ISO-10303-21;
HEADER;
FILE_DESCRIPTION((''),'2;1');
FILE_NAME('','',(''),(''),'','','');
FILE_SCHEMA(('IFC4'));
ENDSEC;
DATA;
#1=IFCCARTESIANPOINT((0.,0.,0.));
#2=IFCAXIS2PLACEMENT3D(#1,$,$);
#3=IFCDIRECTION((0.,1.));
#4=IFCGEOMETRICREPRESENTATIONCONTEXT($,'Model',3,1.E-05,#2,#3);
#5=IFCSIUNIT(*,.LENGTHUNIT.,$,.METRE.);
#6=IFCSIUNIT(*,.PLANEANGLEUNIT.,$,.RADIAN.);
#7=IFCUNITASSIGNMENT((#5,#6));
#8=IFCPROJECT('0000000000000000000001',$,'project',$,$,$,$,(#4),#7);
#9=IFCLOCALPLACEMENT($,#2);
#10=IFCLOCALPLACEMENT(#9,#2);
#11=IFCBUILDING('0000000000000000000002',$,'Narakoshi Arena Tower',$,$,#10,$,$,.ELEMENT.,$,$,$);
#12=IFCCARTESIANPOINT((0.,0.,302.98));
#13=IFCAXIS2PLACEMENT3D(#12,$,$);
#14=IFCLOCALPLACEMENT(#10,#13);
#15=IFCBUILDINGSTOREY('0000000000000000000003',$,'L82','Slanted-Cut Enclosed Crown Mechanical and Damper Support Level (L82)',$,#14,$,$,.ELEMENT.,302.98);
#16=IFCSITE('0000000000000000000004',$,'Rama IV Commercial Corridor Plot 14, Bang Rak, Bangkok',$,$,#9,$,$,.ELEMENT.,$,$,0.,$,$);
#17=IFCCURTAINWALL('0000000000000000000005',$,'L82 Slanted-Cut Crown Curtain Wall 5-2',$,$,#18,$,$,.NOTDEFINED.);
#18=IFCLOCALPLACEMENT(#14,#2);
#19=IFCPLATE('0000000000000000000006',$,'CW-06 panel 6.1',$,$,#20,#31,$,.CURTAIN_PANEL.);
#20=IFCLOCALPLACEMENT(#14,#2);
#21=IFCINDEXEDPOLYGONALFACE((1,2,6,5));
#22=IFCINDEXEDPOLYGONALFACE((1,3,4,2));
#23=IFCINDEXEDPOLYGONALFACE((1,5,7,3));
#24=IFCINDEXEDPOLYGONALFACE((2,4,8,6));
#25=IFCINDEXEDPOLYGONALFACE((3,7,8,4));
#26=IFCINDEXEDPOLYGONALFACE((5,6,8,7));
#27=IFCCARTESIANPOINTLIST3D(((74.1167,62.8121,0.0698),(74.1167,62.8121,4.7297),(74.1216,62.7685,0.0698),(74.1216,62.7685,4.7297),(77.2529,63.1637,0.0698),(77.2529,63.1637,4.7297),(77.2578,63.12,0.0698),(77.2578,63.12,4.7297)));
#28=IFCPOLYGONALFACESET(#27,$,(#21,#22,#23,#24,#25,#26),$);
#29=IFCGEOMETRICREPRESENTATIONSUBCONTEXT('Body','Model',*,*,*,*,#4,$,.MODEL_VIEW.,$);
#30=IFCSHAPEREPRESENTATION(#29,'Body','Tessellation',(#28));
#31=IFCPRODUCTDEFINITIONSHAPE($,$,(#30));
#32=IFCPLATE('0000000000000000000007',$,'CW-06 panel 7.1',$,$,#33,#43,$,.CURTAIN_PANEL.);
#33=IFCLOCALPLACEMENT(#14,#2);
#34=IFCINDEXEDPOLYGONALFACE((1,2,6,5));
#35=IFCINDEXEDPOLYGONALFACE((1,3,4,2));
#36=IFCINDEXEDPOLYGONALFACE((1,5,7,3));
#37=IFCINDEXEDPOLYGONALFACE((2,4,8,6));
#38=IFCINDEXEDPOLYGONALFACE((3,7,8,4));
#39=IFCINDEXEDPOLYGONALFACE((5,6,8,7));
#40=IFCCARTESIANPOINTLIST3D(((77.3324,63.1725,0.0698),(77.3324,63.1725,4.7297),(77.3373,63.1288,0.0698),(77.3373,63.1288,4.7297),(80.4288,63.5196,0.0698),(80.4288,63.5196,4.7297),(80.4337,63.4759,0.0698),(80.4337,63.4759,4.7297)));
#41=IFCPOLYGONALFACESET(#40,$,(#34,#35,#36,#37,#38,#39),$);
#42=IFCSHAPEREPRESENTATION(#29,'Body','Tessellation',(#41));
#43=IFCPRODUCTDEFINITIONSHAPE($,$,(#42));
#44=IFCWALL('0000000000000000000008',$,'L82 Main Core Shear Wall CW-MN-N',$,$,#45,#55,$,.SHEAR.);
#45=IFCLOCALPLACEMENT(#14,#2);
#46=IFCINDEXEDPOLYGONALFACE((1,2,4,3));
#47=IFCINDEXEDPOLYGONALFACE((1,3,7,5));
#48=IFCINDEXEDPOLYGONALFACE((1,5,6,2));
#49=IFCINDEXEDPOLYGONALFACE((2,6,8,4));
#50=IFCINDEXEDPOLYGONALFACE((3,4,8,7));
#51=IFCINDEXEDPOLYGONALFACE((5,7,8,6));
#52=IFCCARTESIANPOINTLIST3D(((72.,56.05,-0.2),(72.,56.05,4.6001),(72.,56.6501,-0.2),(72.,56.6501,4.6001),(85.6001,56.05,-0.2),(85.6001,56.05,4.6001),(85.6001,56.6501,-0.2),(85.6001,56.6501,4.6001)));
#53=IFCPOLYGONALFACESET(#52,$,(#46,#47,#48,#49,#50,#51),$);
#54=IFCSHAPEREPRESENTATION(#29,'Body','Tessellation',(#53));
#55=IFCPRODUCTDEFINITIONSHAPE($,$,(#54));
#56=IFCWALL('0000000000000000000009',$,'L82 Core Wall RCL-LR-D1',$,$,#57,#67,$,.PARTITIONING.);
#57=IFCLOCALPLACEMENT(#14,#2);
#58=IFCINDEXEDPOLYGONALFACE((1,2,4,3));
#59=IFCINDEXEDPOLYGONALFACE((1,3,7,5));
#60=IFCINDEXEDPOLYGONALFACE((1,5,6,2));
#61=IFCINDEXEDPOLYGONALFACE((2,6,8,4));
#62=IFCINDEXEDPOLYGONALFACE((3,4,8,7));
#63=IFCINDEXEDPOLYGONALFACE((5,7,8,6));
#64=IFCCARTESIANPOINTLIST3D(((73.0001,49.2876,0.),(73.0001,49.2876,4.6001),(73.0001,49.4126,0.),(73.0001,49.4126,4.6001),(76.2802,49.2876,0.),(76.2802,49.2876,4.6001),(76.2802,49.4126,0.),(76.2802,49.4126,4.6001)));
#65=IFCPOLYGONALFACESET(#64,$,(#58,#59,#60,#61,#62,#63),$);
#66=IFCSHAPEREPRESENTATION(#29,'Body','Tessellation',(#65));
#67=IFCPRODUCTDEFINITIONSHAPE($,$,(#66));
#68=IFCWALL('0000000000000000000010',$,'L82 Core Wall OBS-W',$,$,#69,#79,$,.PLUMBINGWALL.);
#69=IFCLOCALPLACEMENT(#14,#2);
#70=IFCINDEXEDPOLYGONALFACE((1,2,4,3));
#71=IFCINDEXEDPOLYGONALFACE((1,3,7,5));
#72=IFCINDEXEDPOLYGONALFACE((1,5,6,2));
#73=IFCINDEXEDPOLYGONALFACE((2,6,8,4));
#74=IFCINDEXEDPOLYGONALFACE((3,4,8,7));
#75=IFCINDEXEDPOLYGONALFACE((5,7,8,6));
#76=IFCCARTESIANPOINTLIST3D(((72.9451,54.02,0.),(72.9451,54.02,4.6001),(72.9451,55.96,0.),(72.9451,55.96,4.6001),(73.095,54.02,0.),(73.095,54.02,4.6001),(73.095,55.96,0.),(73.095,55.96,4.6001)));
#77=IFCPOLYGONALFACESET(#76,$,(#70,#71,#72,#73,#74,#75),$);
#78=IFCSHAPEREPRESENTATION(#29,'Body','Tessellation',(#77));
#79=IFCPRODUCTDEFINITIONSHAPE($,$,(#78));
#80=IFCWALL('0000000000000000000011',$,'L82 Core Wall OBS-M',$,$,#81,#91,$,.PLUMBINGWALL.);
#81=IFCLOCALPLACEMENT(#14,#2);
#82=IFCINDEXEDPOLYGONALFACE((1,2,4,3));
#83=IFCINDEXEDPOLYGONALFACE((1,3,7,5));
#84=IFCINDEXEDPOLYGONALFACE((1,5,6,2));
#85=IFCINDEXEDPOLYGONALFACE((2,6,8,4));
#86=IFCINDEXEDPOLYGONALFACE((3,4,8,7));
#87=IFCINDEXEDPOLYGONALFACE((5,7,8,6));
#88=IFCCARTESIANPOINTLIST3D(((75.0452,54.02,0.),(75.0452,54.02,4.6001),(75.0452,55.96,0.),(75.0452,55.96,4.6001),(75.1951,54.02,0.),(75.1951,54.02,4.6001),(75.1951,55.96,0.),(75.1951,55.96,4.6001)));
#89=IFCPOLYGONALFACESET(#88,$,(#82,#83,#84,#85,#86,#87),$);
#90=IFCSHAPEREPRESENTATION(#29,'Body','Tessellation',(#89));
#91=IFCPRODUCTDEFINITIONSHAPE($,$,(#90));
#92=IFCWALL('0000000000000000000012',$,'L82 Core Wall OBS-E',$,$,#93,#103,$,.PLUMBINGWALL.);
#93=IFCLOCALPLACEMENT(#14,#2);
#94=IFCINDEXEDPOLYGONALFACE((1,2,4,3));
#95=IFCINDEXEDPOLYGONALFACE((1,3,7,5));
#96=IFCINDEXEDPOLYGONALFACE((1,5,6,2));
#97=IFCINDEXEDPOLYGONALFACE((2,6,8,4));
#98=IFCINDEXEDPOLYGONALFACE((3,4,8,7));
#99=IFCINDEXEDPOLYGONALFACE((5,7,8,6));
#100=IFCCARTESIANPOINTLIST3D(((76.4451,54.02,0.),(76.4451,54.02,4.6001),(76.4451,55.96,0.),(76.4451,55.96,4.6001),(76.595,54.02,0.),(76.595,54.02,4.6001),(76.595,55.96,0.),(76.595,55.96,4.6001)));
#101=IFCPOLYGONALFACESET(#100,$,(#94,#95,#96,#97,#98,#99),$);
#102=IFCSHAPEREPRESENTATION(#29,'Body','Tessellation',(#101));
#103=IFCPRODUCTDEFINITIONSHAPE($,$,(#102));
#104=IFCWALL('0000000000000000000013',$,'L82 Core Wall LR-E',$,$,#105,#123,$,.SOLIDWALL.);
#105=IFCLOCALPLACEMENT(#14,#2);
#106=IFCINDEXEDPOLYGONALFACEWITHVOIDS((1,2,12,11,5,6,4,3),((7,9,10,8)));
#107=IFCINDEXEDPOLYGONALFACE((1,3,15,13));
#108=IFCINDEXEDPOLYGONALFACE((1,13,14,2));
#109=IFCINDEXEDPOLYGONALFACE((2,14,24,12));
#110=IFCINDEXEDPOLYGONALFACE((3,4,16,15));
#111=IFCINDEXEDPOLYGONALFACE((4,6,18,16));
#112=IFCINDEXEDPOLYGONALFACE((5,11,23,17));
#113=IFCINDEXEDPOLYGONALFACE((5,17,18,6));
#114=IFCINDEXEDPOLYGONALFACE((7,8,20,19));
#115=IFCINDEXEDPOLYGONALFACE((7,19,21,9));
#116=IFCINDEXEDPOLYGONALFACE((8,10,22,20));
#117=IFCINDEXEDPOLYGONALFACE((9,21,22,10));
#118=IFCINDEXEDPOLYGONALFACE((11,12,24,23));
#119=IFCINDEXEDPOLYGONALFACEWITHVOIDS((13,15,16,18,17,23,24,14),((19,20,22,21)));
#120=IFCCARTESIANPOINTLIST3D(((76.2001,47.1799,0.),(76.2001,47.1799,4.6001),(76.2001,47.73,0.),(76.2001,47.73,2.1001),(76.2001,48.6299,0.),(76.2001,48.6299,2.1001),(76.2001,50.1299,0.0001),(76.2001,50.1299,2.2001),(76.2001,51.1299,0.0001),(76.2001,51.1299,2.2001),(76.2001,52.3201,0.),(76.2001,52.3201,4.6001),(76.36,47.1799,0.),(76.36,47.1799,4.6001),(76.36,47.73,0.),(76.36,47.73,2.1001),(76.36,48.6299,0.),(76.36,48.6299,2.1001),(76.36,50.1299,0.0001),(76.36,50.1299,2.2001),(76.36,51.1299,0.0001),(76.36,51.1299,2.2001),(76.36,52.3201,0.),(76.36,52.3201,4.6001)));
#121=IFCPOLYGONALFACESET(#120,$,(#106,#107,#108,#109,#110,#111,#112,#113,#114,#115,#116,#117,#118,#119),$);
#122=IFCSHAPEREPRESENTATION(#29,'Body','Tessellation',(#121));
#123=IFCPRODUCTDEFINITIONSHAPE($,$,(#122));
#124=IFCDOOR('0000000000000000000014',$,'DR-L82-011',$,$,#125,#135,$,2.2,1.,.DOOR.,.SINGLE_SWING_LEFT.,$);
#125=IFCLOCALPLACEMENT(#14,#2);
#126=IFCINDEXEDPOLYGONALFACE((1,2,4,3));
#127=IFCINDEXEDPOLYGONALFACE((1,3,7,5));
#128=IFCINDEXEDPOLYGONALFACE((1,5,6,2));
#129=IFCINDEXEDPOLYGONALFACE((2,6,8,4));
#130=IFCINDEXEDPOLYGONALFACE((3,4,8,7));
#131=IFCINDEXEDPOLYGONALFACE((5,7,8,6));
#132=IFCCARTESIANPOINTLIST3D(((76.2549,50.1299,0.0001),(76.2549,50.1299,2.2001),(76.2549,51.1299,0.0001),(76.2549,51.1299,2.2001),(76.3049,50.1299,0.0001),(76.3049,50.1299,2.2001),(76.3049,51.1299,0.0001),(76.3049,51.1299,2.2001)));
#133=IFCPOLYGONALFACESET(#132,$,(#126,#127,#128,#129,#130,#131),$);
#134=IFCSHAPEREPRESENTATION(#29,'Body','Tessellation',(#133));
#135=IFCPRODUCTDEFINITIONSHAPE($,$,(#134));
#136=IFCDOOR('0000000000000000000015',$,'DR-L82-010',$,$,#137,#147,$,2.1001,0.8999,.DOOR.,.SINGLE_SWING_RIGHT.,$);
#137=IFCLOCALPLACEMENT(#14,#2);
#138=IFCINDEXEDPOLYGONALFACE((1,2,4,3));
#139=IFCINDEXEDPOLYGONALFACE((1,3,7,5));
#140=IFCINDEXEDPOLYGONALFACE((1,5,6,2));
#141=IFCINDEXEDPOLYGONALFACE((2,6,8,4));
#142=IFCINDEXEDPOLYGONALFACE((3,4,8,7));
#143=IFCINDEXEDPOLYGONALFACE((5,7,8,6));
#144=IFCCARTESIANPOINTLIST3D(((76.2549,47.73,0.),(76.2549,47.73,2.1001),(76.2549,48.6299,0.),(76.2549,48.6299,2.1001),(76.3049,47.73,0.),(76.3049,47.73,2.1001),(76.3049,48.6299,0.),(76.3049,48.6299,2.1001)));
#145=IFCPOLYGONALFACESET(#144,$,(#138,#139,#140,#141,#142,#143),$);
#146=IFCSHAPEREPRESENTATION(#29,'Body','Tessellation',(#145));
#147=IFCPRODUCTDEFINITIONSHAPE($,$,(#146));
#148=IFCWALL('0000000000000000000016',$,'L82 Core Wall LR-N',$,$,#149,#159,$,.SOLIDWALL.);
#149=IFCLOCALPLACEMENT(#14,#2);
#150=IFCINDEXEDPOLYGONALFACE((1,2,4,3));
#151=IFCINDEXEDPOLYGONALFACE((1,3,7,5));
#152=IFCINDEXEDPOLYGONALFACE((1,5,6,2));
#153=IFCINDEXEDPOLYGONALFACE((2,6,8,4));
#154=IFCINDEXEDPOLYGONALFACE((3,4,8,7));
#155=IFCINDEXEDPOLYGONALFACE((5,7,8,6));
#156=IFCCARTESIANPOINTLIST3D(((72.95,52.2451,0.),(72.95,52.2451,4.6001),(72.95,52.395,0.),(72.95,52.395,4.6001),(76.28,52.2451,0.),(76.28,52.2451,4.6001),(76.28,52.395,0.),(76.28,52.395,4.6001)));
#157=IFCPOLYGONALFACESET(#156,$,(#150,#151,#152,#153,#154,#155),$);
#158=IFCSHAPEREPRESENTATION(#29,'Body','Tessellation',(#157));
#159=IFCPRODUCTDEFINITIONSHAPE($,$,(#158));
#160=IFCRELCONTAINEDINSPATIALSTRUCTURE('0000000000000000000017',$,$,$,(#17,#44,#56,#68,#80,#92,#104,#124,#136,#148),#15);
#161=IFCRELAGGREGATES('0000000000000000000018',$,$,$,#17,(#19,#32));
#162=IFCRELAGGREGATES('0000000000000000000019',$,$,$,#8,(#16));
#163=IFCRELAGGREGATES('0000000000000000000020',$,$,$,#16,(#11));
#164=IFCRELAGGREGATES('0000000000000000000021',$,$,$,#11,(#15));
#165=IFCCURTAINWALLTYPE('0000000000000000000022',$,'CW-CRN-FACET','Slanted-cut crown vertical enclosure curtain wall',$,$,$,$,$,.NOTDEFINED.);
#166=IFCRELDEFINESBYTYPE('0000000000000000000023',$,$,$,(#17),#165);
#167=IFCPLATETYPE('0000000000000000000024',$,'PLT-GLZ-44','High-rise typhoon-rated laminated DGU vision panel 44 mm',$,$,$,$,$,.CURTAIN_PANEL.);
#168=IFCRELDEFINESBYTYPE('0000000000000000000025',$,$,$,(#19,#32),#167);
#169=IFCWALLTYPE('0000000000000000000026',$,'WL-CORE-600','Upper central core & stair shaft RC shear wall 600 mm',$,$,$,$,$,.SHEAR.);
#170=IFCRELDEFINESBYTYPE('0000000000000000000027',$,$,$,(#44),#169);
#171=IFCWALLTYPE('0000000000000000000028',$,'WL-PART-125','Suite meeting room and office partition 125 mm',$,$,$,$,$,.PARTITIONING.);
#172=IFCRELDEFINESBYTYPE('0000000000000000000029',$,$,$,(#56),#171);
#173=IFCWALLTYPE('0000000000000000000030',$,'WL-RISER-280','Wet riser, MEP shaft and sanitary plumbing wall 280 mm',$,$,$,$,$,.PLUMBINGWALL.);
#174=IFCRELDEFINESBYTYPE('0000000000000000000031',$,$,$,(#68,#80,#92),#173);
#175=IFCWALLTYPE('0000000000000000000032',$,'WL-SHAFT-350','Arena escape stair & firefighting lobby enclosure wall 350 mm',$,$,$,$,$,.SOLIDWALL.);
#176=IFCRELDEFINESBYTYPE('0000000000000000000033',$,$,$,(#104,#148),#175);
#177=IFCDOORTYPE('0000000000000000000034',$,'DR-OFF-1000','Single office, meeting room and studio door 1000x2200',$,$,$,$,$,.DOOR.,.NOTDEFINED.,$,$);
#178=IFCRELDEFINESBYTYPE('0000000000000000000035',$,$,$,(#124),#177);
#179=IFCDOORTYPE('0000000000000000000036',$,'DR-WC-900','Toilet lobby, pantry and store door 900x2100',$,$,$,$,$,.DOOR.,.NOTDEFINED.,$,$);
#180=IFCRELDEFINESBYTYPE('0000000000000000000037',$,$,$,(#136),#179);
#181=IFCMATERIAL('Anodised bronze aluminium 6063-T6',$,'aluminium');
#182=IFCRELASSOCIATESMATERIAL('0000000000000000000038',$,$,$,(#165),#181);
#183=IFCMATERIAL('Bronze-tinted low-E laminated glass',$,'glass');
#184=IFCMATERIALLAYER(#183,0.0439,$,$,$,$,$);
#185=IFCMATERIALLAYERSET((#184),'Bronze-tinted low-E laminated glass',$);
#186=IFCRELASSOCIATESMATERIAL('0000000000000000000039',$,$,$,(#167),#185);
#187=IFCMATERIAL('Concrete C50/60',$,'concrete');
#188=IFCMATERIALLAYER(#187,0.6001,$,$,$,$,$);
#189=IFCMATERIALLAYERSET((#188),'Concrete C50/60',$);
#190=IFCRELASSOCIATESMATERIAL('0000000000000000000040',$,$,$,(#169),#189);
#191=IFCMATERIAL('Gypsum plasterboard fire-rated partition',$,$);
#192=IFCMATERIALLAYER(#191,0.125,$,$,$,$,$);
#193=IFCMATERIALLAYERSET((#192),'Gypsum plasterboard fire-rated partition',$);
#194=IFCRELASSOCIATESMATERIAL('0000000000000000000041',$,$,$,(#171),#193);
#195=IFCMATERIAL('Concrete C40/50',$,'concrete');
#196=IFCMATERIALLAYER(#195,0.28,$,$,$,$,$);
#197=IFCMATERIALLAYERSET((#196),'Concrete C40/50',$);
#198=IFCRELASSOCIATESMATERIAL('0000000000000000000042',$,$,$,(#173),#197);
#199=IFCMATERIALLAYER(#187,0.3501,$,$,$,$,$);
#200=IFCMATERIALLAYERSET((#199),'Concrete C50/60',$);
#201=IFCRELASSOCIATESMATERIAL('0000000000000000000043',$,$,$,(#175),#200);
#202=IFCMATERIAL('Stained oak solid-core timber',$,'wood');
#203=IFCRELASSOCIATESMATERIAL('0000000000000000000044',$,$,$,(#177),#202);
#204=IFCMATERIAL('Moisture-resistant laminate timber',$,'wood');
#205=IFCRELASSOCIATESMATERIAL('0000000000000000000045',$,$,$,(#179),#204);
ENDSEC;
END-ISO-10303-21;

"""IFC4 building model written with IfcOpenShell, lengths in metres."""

from ifc_helpers import new_model, si_unit, direction, frame, frame_2d, origin, origin_2d, place, context, subcontext, project, spatial, rectangle, extrude, material, layer, layer_set, type_object, element, fill, aggregate, save


model = new_model("IFC4")

# Units and contexts
model_context = context("Model", 3, precision=1e-05, world=origin(), true_north=direction((0.0, 1.0)))
body_context = subcontext(model_context, "Body", "Model", "MODEL_VIEW")
ifc_project = project(units=[si_unit("LENGTHUNIT", "METRE"), si_unit("PLANEANGLEUNIT", "RADIAN")], contexts=[model_context])

# Site, building, storey
site_placement = place(None, origin())
site = spatial("IfcSite", under=ifc_project, at=site_placement, Name="Rama IV Commercial Corridor Plot 14, Bang Rak, Bangkok", CompositionType="ELEMENT", RefElevation=0.0)
building_placement = place(site_placement, origin())
building = spatial("IfcBuilding", under=site, at=building_placement, Name="Narakoshi Arena Tower", CompositionType="ELEMENT")
storey_placement = place(building_placement, frame((0.0, 0.0, 302.98)))
storey = spatial("IfcBuildingStorey", under=building, at=storey_placement, Name="L82", Description="Slanted-Cut Enclosed Crown Mechanical and Damper Support Level (L82)", CompositionType="ELEMENT", Elevation=302.98)

# Curtain wall, plates
ifc_material_1 = material(Name="Anodised bronze aluminium 6063-T6", Category="aluminium")
curtain_wall_type = type_object("IfcCurtainWallType", Name="CW-CRN-FACET", Description="Slanted-cut crown vertical enclosure curtain wall", PredefinedType="NOTDEFINED", material=ifc_material_1)
curtain_wall_placement = place(storey_placement, origin())
curtain_wall = element("IfcCurtainWall", 1, at=curtain_wall_placement, inside=storey, type_object=curtain_wall_type, Name="L82 Slanted-Cut Crown Curtain Wall 5-2", PredefinedType="NOTDEFINED")
ifc_material_2 = material(Name="Bronze-tinted low-E laminated glass", Category="glass")
ifc_layer_1 = layer(ifc_material_2, 0.0439)
ifc_layer_set_1 = layer_set([ifc_layer_1], Name="Bronze-tinted low-E laminated glass")
plate_type = type_object("IfcPlateType", Name="PLT-GLZ-44", Description="High-rise typhoon-rated laminated DGU vision panel 44 mm", PredefinedType="CURTAIN_PANEL", material=ifc_layer_set_1)
plate_1_placement = place(storey_placement, frame((75.6873, 62.9661, 0.0698), z_axis=(0.0, 0.0, 1.0), x_axis=(0.993776, 0.111395, 0.0)))
plate_1 = element("IfcPlate", 2, at=plate_1_placement, type_object=plate_type, Name="CW-06 panel 6.1", PredefinedType="CURTAIN_PANEL", context=body_context, shape_type="SweptSolid", body=[
    extrude(rectangle(XDim=3.1558, YDim=0.0439, at=origin_2d()), origin(), (0.0, 0.0, 1.0), 4.6599),
])
plate_2_placement = place(storey_placement, frame((78.8831, 63.3242, 0.0698), z_axis=(0.0, 0.0, 1.0), x_axis=(0.993776, 0.111395, 0.0)))
plate_2 = element("IfcPlate", 3, at=plate_2_placement, type_object=plate_type, Name="CW-06 panel 7.1", PredefinedType="CURTAIN_PANEL", context=body_context, shape_type="SweptSolid", body=[
    extrude(rectangle(XDim=3.1157, YDim=0.0439, at=origin_2d()), origin(), (0.0, 0.0, 1.0), 4.6599),
])
aggregate(curtain_wall, [plate_1, plate_2])

# Walls
ifc_material_3 = material(Name="Concrete C50/60", Category="concrete")
ifc_layer_2 = layer(ifc_material_3, 0.6001)
ifc_layer_set_2 = layer_set([ifc_layer_2], Name="Concrete C50/60")
wall_type_1 = type_object("IfcWallType", Name="WL-CORE-600", Description="Upper central core & stair shaft RC shear wall 600 mm", PredefinedType="SHEAR", material=ifc_layer_set_2)
wall_1_placement = place(storey_placement, frame((72.0, 56.3501, -0.2), z_axis=(0.0, 0.0, 1.0), x_axis=(1.0, 0.0, 0.0)))
element("IfcWall", 4, at=wall_1_placement, inside=storey, type_object=wall_type_1, Name="L82 Main Core Shear Wall CW-MN-N", PredefinedType="SHEAR", context=body_context, shape_type="SweptSolid", body=[
    extrude(rectangle(XDim=13.6001, YDim=0.6001, at=frame_2d((6.8, 0.0))), origin(), (0.0, 0.0, 1.0), 4.8),
])
ifc_material_4 = material(Name="Gypsum plasterboard fire-rated partition")
ifc_layer_3 = layer(ifc_material_4, 0.125)
ifc_layer_set_3 = layer_set([ifc_layer_3], Name="Gypsum plasterboard fire-rated partition")
wall_type_2 = type_object("IfcWallType", Name="WL-PART-125", Description="Suite meeting room and office partition 125 mm", PredefinedType="PARTITIONING", material=ifc_layer_set_3)
wall_2_placement = place(storey_placement, frame((73.0, 49.3501, 0.0), z_axis=(0.0, 0.0, 1.0), x_axis=(1.0, 0.0, 0.0)))
element("IfcWall", 5, at=wall_2_placement, inside=storey, type_object=wall_type_2, Name="L82 Core Wall RCL-LR-D1", PredefinedType="PARTITIONING", context=body_context, shape_type="SweptSolid", body=[
    extrude(rectangle(XDim=3.28, YDim=0.125, at=frame_2d((1.6401, 0.0))), origin(), (0.0, 0.0, 1.0), 4.6001),
])
ifc_material_5 = material(Name="Concrete C40/50", Category="concrete")
ifc_layer_4 = layer(ifc_material_5, 0.28)
ifc_layer_set_4 = layer_set([ifc_layer_4], Name="Concrete C40/50")
wall_type_3 = type_object("IfcWallType", Name="WL-RISER-280", Description="Wet riser, MEP shaft and sanitary plumbing wall 280 mm", PredefinedType="PLUMBINGWALL", material=ifc_layer_set_4)
for number, where, z_axis, x_axis, name in (
    (6, (73.02, 54.02, 0.0), (0.0, 0.0, 1.0), (0.0, 1.0, 0.0), "L82 Core Wall OBS-W"),
    (7, (75.1201, 54.02, 0.0), (0.0, 0.0, 1.0), (0.0, 1.0, 0.0), "L82 Core Wall OBS-M"),
    (8, (76.52, 54.02, 0.0), (0.0, 0.0, 1.0), (0.0, 1.0, 0.0), "L82 Core Wall OBS-E"),
):
    element("IfcWall", number, at=place(storey_placement, frame(where, z_axis=z_axis, x_axis=x_axis)), inside=storey, type_object=wall_type_3, Name=name, PredefinedType="PLUMBINGWALL", context=body_context, shape_type="SweptSolid", body=[
        extrude(rectangle(XDim=1.9399, YDim=0.1499, at=frame_2d((0.97, 0.0))), origin(), (0.0, 0.0, 1.0), 4.6001),
    ])

# Wall, openings, doors
ifc_layer_5 = layer(ifc_material_3, 0.3501)
ifc_layer_set_5 = layer_set([ifc_layer_5], Name="Concrete C50/60")
wall_type_4 = type_object("IfcWallType", Name="WL-SHAFT-350", Description="Arena escape stair & firefighting lobby enclosure wall 350 mm", PredefinedType="SOLIDWALL", material=ifc_layer_set_5)
wall_3_placement = place(storey_placement, frame((76.28, 47.1799, 0.0), z_axis=(0.0, 0.0, 1.0), x_axis=(0.0, 1.0, 0.0)))
wall_3 = element("IfcWall", 9, at=wall_3_placement, inside=storey, type_object=wall_type_4, Name="L82 Core Wall LR-E", PredefinedType="SOLIDWALL", context=body_context, shape_type="SweptSolid", body=[
    extrude(rectangle(XDim=5.1401, YDim=0.1599, at=frame_2d((2.5701, 0.0))), origin(), (0.0, 0.0, 1.0), 4.6001),
])
opening_1_placement = place(wall_3_placement, frame((0.55, 0.0, 0.0)))
opening_1 = element("IfcOpeningElement", 10, at=opening_1_placement, cuts=wall_3, PredefinedType="OPENING", context=body_context, shape_type="SweptSolid", body=[
    extrude(rectangle(XDim=0.8999, YDim=2.1001, at=frame_2d((0.45, 1.05))), frame((0.0, 0.0898, 0.0), z_axis=(0.0, -1.0, 0.0), x_axis=(1.0, 0.0, 0.0)), (0.0, 0.0, 1.0), 0.1799),
])
opening_2_placement = place(wall_3_placement, frame((2.95, 0.0, 0.0)))
opening_2 = element("IfcOpeningElement", 11, at=opening_2_placement, cuts=wall_3, PredefinedType="OPENING", context=body_context, shape_type="SweptSolid", body=[
    extrude(rectangle(XDim=1.0, YDim=2.2, at=frame_2d((0.5, 1.1001))), frame((0.0, 0.0898, 0.0), z_axis=(0.0, -1.0, 0.0), x_axis=(1.0, 0.0, 0.0)), (0.0, 0.0, 1.0), 0.1799),
])
ifc_material_6 = material(Name="Stained oak solid-core timber", Category="wood")
door_type_1 = type_object("IfcDoorType", Name="DR-OFF-1000", Description="Single office, meeting room and studio door 1000x2200", OperationType="NOTDEFINED", PredefinedType="DOOR", material=ifc_material_6)
door_1_placement = place(opening_2_placement, frame((1.0, 0.0, 0.0), z_axis=(0.0, 0.0, 1.0), x_axis=(-1.0, 0.0, 0.0)))
door_1 = element("IfcDoor", 12, at=door_1_placement, inside=storey, type_object=door_type_1, Name="DR-L82-011", OperationType="SINGLE_SWING_LEFT", OverallHeight=2.2, OverallWidth=1.0, PredefinedType="DOOR", context=body_context, shape_type="SweptSolid", body=[
    extrude(rectangle(XDim=1.0, YDim=2.2, at=frame_2d((0.5, 1.1001))), frame((0.0, 0.0249, 0.0), z_axis=(0.0, -1.0, 0.0), x_axis=(1.0, 0.0, 0.0)), (0.0, 0.0, 1.0), 0.05),
])
fill(opening_2, door_1)
ifc_material_7 = material(Name="Moisture-resistant laminate timber", Category="wood")
door_type_2 = type_object("IfcDoorType", Name="DR-WC-900", Description="Toilet lobby, pantry and store door 900x2100", OperationType="NOTDEFINED", PredefinedType="DOOR", material=ifc_material_7)
door_2_placement = place(opening_1_placement, frame((0.8999, 0.0, 0.0), z_axis=(0.0, 0.0, 1.0), x_axis=(-1.0, 0.0, 0.0)))
door_2 = element("IfcDoor", 13, at=door_2_placement, inside=storey, type_object=door_type_2, Name="DR-L82-010", OperationType="SINGLE_SWING_RIGHT", OverallHeight=2.1001, OverallWidth=0.8999, PredefinedType="DOOR", context=body_context, shape_type="SweptSolid", body=[
    extrude(rectangle(XDim=0.8999, YDim=2.1001, at=frame_2d((0.45, 1.05))), frame((0.0, 0.0249, 0.0), z_axis=(0.0, -1.0, 0.0), x_axis=(1.0, 0.0, 0.0)), (0.0, 0.0, 1.0), 0.05),
])
fill(opening_1, door_2)

# Wall
wall_4_placement = place(storey_placement, frame((72.95, 52.3201, 0.0), z_axis=(0.0, 0.0, 1.0), x_axis=(1.0, 0.0, 0.0)))
element("IfcWall", 14, at=wall_4_placement, inside=storey, type_object=wall_type_4, Name="L82 Core Wall LR-N", PredefinedType="SOLIDWALL", context=body_context, shape_type="SweptSolid", body=[
    extrude(rectangle(XDim=3.3301, YDim=0.1499, at=frame_2d((1.665, 0.0))), origin(), (0.0, 0.0, 1.0), 4.6001),
])

save(model, "model.ifc")
